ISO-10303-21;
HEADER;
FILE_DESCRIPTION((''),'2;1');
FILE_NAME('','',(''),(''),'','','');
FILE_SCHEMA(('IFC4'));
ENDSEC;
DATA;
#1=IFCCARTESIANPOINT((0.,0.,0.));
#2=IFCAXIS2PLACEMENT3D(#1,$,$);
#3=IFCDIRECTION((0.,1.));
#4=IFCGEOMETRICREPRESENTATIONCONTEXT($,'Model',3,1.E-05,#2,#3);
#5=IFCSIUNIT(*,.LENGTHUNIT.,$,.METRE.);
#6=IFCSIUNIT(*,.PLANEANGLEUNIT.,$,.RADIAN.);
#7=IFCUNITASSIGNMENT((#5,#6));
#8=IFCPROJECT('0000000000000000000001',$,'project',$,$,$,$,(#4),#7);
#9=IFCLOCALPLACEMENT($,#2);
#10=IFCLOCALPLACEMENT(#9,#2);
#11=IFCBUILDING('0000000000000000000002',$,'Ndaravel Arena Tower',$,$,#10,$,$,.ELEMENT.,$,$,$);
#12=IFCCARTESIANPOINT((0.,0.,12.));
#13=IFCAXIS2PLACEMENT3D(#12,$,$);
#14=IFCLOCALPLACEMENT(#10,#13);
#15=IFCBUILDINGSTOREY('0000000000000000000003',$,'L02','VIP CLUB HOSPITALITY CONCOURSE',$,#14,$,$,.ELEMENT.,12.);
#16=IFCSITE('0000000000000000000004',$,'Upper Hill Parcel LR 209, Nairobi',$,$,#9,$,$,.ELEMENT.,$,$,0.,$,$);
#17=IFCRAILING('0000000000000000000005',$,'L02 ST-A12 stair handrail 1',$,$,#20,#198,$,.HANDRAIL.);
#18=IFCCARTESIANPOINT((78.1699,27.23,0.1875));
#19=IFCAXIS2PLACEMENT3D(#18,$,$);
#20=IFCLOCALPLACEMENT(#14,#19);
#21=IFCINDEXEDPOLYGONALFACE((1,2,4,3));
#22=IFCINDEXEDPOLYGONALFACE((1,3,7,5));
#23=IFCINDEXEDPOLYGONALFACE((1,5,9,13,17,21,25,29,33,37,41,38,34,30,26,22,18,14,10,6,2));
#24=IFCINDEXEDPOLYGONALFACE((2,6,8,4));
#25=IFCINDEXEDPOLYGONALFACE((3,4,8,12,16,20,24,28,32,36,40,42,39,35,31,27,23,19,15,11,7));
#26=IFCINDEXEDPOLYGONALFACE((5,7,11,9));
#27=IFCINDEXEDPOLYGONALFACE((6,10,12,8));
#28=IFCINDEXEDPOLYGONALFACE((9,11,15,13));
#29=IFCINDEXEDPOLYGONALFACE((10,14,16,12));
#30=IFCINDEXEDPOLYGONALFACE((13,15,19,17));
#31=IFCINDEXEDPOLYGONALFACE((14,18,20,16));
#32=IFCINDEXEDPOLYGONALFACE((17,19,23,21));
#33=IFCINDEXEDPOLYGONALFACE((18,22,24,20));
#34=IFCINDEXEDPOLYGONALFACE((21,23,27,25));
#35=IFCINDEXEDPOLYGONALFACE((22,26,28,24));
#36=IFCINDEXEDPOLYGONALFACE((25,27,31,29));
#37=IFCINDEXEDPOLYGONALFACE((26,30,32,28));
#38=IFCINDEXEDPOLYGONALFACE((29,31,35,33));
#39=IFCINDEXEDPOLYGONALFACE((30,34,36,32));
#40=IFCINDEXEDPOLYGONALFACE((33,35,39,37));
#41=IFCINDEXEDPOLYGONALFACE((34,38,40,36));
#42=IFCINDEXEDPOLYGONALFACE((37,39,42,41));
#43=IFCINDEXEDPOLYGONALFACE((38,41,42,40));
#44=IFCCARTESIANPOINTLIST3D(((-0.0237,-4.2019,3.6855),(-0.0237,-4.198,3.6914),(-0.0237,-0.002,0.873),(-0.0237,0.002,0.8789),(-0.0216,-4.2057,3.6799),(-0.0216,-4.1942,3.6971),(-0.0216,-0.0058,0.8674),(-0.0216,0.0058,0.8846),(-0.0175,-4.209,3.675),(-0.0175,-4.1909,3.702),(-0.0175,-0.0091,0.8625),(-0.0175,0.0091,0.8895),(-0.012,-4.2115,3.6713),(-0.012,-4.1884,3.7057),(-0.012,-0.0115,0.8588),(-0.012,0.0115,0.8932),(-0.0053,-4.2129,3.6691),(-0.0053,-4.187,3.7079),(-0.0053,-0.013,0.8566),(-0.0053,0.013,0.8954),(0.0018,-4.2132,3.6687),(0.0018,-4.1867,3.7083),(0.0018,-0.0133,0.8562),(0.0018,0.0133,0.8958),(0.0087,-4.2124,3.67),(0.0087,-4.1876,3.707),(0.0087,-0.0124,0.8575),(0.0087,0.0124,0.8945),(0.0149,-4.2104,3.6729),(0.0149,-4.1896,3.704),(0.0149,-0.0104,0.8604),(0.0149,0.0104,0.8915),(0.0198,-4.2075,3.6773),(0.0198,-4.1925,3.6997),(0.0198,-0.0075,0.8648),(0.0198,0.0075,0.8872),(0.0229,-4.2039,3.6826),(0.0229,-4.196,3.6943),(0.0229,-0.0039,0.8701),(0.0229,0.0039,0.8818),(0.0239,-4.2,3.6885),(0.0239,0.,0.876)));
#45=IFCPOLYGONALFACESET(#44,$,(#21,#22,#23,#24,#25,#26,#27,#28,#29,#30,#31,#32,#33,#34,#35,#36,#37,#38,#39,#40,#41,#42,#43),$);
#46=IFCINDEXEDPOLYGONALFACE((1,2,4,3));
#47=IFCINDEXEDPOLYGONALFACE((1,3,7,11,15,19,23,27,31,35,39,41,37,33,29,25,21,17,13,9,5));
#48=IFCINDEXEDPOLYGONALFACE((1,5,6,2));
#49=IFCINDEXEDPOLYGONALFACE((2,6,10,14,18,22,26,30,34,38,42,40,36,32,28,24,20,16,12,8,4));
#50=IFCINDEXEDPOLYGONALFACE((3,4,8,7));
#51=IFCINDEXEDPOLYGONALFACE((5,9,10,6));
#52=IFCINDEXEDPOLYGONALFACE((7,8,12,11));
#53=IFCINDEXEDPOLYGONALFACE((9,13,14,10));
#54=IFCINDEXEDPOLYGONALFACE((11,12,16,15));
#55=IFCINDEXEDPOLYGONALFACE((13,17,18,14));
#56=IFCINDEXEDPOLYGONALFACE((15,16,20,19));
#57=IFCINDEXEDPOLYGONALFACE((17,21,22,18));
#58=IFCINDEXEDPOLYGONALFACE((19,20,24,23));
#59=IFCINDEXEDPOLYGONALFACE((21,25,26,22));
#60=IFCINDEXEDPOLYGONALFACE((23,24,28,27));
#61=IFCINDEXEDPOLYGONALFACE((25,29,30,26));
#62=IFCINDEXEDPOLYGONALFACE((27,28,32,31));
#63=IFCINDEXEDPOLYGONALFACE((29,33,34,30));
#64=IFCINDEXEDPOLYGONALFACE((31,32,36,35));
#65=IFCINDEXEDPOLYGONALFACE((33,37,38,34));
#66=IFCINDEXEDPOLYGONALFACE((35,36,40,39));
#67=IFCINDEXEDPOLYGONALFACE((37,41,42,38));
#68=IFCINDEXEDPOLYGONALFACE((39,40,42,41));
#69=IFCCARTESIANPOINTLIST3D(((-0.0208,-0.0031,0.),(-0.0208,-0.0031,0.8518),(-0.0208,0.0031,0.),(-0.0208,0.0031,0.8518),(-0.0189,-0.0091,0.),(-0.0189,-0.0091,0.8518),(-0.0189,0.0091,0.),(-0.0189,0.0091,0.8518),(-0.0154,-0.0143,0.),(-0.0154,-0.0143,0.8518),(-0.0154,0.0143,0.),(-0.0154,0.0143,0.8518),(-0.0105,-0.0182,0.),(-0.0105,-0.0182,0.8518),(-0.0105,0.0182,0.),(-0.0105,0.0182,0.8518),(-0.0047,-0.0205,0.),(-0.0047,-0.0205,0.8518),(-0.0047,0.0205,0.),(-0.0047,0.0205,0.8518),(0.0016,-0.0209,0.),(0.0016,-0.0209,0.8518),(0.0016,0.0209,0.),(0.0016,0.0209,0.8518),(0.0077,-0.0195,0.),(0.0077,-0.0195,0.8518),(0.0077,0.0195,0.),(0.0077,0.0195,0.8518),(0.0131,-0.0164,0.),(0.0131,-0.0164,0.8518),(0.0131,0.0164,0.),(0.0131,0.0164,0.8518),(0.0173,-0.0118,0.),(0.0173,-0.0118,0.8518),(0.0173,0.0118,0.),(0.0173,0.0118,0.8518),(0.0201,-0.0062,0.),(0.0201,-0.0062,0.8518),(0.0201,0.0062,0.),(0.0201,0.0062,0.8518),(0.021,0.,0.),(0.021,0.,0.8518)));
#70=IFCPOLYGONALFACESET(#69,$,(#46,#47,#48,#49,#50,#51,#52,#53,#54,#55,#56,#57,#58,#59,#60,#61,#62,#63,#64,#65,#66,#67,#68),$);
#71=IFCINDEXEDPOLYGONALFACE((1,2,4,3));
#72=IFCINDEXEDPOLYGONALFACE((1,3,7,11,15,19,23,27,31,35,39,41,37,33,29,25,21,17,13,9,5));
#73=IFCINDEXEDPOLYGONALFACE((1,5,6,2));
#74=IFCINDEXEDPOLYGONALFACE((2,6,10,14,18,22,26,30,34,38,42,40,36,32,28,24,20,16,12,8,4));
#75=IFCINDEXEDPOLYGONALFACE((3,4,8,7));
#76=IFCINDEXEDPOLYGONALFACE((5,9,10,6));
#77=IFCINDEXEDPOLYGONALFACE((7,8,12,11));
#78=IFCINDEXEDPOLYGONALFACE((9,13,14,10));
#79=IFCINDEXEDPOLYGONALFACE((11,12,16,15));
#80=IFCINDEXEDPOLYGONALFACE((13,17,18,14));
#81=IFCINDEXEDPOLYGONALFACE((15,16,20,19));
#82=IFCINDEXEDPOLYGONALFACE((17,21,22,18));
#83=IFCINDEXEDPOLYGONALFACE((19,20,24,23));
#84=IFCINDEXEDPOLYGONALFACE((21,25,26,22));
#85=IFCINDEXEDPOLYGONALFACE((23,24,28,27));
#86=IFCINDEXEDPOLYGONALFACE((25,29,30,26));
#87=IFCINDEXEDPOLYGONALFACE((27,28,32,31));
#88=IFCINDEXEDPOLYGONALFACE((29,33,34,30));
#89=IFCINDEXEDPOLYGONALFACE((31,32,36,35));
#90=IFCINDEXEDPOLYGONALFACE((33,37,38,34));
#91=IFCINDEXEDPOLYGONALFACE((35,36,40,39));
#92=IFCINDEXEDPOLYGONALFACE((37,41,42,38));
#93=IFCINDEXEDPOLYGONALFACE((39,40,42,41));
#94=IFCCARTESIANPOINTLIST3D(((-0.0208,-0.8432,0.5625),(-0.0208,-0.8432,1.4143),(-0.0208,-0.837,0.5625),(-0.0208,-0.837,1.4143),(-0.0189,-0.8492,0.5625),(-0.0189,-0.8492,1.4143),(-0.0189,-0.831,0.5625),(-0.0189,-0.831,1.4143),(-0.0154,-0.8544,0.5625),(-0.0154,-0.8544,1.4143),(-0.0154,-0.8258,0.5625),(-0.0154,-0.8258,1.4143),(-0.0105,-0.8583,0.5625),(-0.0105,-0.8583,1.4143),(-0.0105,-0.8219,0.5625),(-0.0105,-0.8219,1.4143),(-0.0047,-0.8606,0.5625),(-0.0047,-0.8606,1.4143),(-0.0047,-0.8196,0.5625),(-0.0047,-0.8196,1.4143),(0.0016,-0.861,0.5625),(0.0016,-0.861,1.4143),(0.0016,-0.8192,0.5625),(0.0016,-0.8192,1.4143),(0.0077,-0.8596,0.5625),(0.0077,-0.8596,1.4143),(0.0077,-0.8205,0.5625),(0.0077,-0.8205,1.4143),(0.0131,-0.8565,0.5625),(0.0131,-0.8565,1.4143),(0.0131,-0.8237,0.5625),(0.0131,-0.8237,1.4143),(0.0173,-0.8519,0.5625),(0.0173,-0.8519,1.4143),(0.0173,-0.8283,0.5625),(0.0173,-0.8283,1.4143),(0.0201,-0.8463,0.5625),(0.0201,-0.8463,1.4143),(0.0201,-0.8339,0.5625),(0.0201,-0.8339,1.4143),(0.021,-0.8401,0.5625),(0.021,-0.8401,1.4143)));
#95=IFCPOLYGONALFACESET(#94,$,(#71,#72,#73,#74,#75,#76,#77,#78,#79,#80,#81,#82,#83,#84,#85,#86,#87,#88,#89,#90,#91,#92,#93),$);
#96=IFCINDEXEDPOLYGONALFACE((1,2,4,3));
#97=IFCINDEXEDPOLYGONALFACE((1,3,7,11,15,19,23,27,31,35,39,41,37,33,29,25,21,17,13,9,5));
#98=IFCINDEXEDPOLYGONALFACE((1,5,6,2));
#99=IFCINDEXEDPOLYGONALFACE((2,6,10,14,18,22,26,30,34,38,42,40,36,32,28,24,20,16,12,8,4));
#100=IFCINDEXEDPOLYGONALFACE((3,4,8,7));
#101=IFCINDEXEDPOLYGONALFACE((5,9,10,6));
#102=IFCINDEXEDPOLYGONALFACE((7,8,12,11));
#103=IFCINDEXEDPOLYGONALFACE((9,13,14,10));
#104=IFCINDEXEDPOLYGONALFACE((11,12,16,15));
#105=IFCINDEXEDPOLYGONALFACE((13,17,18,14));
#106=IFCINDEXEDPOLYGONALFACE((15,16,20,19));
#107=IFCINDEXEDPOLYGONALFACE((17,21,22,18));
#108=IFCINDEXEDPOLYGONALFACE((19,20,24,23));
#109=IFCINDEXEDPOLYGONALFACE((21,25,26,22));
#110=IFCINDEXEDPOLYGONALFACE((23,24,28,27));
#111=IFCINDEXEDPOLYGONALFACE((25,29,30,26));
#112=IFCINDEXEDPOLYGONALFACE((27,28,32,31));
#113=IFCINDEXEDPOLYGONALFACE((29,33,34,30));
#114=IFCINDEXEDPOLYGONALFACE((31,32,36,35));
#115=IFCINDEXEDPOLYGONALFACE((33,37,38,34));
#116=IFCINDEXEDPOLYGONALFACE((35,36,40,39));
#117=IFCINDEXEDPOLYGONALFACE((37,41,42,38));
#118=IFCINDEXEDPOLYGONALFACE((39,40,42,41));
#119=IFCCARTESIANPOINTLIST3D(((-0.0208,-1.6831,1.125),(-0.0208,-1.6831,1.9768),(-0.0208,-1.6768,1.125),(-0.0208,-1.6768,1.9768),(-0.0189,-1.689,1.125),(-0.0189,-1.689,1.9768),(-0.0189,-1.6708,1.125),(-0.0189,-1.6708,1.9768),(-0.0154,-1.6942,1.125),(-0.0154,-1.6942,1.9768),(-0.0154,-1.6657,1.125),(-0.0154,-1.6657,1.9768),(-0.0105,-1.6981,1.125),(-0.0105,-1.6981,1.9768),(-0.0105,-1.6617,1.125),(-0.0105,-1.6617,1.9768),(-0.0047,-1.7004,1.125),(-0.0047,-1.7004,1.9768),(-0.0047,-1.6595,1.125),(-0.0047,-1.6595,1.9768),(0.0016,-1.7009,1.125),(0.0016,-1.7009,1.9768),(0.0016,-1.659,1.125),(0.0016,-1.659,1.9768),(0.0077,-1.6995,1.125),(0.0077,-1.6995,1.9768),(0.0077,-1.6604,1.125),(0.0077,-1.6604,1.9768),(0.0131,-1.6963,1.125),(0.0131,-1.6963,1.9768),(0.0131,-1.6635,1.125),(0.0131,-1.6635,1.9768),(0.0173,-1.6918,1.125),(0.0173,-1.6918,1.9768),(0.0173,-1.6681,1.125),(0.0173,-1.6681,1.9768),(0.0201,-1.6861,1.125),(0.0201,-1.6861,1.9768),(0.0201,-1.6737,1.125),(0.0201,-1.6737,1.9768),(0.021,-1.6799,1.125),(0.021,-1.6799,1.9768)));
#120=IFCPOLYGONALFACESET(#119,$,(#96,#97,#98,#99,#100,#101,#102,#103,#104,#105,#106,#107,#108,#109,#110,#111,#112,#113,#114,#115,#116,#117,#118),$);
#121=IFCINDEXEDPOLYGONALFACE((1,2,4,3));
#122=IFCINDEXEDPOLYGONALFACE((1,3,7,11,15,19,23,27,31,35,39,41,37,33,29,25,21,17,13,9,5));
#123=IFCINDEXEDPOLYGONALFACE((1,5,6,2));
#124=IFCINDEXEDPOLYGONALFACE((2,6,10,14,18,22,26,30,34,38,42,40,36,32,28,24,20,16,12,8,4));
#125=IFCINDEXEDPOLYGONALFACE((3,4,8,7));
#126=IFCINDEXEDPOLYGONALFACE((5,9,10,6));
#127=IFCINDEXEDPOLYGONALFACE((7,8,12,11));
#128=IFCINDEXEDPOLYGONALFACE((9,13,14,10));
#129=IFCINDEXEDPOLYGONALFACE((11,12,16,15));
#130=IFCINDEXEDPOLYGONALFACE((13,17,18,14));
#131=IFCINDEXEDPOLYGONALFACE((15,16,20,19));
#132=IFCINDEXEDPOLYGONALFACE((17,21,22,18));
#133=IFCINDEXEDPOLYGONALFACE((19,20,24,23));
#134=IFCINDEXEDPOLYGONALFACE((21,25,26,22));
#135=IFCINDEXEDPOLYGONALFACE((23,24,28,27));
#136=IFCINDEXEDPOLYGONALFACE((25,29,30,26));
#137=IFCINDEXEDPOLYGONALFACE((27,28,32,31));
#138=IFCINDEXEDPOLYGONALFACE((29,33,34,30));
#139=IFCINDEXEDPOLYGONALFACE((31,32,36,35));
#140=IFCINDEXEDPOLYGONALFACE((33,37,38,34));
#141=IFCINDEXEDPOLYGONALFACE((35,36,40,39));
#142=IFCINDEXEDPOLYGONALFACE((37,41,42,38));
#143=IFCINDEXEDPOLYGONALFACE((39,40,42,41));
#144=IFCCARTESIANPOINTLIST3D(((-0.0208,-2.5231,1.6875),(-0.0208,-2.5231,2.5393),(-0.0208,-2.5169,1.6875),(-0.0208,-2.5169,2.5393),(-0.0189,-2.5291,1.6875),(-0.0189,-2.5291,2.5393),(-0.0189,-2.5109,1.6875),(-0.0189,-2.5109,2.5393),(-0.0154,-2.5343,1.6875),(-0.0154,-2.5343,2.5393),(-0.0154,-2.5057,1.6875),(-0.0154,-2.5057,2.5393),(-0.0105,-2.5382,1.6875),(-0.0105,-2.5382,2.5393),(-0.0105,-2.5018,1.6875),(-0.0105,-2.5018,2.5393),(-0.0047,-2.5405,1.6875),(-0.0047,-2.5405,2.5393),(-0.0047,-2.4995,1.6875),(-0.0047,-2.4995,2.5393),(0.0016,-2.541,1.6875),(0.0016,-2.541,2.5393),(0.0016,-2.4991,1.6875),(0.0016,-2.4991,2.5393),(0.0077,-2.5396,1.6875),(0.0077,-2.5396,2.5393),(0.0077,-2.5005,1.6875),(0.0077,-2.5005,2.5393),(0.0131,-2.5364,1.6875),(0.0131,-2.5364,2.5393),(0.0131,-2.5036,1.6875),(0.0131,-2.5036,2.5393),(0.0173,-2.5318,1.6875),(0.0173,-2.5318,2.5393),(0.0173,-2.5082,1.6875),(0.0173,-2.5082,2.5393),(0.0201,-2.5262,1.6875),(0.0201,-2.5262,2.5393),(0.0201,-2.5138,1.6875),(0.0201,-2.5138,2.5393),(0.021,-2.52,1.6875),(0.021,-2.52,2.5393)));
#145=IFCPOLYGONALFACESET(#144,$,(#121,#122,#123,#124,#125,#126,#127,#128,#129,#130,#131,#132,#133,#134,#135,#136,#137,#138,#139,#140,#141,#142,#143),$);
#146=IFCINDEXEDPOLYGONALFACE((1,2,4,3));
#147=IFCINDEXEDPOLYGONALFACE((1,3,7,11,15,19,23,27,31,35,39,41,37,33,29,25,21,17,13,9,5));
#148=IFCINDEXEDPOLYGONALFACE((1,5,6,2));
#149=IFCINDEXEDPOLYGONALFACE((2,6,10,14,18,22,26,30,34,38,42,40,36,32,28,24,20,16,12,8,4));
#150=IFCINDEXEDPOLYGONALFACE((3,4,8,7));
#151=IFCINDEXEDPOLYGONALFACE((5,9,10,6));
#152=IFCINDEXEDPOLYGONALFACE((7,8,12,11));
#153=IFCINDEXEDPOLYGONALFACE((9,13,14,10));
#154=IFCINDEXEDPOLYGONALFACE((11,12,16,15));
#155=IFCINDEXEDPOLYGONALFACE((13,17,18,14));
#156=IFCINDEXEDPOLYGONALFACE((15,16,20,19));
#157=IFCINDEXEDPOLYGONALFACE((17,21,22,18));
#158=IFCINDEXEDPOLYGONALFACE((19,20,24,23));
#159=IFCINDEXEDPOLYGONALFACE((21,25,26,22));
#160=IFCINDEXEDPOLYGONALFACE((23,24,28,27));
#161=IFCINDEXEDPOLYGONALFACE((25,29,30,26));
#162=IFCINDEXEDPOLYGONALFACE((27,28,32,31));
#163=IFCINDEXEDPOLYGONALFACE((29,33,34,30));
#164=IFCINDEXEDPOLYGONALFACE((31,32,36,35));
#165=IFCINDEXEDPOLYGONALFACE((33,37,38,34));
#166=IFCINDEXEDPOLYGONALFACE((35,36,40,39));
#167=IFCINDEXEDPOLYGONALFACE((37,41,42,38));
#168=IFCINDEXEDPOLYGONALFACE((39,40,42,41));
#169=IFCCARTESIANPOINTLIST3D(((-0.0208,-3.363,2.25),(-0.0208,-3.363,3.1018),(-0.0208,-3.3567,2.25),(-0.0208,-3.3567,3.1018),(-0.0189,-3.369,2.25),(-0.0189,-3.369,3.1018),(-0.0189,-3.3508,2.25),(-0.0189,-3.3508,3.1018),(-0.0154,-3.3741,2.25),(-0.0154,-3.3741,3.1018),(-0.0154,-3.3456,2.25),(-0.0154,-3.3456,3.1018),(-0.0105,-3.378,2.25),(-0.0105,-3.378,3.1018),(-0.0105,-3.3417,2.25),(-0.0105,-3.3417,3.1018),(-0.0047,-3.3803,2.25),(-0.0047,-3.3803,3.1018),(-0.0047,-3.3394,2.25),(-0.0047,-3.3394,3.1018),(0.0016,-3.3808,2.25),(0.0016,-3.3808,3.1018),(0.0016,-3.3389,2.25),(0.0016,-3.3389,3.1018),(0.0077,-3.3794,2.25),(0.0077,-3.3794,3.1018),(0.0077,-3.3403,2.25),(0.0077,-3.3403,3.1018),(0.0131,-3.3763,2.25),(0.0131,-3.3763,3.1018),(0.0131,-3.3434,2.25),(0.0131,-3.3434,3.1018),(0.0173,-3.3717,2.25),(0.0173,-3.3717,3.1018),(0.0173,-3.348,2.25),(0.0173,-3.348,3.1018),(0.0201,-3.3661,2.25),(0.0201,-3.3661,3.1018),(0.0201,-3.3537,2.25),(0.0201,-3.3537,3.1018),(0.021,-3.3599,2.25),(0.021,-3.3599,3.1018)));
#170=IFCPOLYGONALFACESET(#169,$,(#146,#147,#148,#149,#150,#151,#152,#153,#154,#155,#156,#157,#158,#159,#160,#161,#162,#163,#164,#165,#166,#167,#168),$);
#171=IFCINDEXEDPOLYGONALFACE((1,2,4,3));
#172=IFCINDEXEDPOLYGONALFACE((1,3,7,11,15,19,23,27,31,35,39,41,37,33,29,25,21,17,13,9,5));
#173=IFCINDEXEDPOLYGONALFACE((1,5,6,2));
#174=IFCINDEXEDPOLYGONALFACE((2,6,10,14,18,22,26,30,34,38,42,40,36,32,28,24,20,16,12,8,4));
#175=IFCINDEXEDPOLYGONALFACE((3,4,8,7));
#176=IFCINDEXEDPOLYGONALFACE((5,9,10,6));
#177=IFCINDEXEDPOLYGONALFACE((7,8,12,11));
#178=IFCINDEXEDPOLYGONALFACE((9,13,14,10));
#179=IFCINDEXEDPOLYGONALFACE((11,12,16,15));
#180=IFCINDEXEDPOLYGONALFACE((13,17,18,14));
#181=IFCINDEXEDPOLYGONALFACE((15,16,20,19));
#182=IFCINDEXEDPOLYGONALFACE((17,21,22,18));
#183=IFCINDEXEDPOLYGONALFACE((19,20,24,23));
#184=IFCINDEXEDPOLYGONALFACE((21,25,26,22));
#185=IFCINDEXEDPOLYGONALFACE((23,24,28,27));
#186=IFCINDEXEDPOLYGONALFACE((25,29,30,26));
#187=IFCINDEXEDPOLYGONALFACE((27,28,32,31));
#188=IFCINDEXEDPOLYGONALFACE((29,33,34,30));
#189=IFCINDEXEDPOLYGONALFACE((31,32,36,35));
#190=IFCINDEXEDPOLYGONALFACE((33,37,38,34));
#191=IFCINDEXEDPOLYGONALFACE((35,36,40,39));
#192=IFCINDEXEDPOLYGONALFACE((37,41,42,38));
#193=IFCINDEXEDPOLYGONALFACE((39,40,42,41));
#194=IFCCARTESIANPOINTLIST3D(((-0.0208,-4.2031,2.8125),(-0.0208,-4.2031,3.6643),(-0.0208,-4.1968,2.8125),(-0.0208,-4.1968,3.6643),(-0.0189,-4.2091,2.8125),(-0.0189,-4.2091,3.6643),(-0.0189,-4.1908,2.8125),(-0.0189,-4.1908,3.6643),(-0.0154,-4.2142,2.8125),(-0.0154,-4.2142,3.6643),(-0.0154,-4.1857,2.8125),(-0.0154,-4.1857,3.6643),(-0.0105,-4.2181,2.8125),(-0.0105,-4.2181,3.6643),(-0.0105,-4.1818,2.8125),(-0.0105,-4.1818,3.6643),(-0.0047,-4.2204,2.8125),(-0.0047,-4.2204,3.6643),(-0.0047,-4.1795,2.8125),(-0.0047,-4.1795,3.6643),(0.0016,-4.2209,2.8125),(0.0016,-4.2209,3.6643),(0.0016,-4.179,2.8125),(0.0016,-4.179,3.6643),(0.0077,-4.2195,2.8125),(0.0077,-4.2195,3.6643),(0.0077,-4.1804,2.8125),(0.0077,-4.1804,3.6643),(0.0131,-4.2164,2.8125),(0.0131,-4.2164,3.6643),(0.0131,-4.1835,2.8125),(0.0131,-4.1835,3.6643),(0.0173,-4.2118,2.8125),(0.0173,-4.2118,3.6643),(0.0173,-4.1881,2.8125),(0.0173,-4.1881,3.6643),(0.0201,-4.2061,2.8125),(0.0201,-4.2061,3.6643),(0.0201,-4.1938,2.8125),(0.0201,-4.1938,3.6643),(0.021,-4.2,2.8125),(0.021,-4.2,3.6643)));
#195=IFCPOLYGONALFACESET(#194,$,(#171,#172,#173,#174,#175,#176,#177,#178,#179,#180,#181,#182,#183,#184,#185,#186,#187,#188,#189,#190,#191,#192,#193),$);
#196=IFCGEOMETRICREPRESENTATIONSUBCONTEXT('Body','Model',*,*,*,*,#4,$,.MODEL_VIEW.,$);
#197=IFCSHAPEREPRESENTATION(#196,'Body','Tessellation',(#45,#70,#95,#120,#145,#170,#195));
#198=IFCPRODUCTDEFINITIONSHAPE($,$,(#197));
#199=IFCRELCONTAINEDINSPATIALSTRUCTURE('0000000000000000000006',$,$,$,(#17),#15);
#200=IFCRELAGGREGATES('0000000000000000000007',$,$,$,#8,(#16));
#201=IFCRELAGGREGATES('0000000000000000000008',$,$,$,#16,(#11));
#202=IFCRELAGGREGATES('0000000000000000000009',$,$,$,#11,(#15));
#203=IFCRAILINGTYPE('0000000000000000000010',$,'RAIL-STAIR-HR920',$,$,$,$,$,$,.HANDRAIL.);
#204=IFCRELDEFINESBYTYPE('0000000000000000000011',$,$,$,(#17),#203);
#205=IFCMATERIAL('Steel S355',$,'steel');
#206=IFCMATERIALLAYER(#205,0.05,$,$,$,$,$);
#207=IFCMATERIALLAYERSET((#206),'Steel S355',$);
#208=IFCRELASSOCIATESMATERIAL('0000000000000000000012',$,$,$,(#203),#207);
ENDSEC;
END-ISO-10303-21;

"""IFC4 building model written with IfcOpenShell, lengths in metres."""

from ifc_helpers import new_model, si_unit, direction, frame, origin, origin_2d, place, context, subcontext, project, spatial, circle, extrude, material, layer, layer_set, type_object, element, save


model = new_model("IFC4")

# Units and contexts
model_context = context("Model", 3, precision=1e-05, world=origin(), true_north=direction((0.0, 1.0)))
body_context = subcontext(model_context, "Body", "Model", "MODEL_VIEW")
ifc_project = project(units=[si_unit("LENGTHUNIT", "METRE"), si_unit("PLANEANGLEUNIT", "RADIAN")], contexts=[model_context])

# Site, building, storey
site_placement = place(None, origin())
site = spatial("IfcSite", under=ifc_project, at=site_placement, Name="Upper Hill Parcel LR 209, Nairobi", CompositionType="ELEMENT", RefElevation=0.0)
building_placement = place(site_placement, origin())
building = spatial("IfcBuilding", under=site, at=building_placement, Name="Ndaravel Arena Tower", CompositionType="ELEMENT")
storey_placement = place(building_placement, frame((0.0, 0.0, 12.0)))
storey = spatial("IfcBuildingStorey", under=building, at=storey_placement, Name="L02", Description="VIP CLUB HOSPITALITY CONCOURSE", CompositionType="ELEMENT", Elevation=12.0)

# Railing
ifc_material_1 = material(Name="Steel S355", Category="steel")
ifc_layer_1 = layer(ifc_material_1, 0.05)
ifc_layer_set_1 = layer_set([ifc_layer_1], Name="Steel S355")
railing_type_1 = type_object("IfcRailingType", Name="RAIL-STAIR-HR920", PredefinedType="HANDRAIL", material=ifc_layer_set_1)
railing_1_placement = place(storey_placement, frame((78.1699, 27.23, 0.1875)))
element("IfcRailing", 1, at=railing_1_placement, inside=storey, type_object=railing_type_1, Name="L02 ST-A12 stair handrail 1", PredefinedType="HANDRAIL", context=body_context, shape_type="SweptSolid", body=[
    extrude(circle(Radius=0.0239, at=origin_2d()), frame((0.0, 0.0, 0.876), z_axis=(0.0, -0.830904, 0.556416), x_axis=(1.0, 0.0, 0.0)), (0.0, 0.0, 1.0), 5.0547),
    extrude(circle(Radius=0.021, at=origin_2d()), origin(), (0.0, 0.0, 1.0), 0.8518),
    extrude(circle(Radius=0.021, at=origin_2d()), frame((0.0, -0.8401, 0.5625)), (0.0, 0.0, 1.0), 0.8518),
    extrude(circle(Radius=0.021, at=origin_2d()), frame((0.0, -1.6799, 1.125)), (0.0, 0.0, 1.0), 0.8518),
    extrude(circle(Radius=0.021, at=origin_2d()), frame((0.0, -2.52, 1.6875)), (0.0, 0.0, 1.0), 0.8518),
    extrude(circle(Radius=0.021, at=origin_2d()), frame((0.0, -3.3599, 2.25)), (0.0, 0.0, 1.0), 0.8518),
    extrude(circle(Radius=0.021, at=origin_2d()), frame((0.0, -4.2, 2.8125)), (0.0, 0.0, 1.0), 0.8518),
])

save(model, "model.ifc")
